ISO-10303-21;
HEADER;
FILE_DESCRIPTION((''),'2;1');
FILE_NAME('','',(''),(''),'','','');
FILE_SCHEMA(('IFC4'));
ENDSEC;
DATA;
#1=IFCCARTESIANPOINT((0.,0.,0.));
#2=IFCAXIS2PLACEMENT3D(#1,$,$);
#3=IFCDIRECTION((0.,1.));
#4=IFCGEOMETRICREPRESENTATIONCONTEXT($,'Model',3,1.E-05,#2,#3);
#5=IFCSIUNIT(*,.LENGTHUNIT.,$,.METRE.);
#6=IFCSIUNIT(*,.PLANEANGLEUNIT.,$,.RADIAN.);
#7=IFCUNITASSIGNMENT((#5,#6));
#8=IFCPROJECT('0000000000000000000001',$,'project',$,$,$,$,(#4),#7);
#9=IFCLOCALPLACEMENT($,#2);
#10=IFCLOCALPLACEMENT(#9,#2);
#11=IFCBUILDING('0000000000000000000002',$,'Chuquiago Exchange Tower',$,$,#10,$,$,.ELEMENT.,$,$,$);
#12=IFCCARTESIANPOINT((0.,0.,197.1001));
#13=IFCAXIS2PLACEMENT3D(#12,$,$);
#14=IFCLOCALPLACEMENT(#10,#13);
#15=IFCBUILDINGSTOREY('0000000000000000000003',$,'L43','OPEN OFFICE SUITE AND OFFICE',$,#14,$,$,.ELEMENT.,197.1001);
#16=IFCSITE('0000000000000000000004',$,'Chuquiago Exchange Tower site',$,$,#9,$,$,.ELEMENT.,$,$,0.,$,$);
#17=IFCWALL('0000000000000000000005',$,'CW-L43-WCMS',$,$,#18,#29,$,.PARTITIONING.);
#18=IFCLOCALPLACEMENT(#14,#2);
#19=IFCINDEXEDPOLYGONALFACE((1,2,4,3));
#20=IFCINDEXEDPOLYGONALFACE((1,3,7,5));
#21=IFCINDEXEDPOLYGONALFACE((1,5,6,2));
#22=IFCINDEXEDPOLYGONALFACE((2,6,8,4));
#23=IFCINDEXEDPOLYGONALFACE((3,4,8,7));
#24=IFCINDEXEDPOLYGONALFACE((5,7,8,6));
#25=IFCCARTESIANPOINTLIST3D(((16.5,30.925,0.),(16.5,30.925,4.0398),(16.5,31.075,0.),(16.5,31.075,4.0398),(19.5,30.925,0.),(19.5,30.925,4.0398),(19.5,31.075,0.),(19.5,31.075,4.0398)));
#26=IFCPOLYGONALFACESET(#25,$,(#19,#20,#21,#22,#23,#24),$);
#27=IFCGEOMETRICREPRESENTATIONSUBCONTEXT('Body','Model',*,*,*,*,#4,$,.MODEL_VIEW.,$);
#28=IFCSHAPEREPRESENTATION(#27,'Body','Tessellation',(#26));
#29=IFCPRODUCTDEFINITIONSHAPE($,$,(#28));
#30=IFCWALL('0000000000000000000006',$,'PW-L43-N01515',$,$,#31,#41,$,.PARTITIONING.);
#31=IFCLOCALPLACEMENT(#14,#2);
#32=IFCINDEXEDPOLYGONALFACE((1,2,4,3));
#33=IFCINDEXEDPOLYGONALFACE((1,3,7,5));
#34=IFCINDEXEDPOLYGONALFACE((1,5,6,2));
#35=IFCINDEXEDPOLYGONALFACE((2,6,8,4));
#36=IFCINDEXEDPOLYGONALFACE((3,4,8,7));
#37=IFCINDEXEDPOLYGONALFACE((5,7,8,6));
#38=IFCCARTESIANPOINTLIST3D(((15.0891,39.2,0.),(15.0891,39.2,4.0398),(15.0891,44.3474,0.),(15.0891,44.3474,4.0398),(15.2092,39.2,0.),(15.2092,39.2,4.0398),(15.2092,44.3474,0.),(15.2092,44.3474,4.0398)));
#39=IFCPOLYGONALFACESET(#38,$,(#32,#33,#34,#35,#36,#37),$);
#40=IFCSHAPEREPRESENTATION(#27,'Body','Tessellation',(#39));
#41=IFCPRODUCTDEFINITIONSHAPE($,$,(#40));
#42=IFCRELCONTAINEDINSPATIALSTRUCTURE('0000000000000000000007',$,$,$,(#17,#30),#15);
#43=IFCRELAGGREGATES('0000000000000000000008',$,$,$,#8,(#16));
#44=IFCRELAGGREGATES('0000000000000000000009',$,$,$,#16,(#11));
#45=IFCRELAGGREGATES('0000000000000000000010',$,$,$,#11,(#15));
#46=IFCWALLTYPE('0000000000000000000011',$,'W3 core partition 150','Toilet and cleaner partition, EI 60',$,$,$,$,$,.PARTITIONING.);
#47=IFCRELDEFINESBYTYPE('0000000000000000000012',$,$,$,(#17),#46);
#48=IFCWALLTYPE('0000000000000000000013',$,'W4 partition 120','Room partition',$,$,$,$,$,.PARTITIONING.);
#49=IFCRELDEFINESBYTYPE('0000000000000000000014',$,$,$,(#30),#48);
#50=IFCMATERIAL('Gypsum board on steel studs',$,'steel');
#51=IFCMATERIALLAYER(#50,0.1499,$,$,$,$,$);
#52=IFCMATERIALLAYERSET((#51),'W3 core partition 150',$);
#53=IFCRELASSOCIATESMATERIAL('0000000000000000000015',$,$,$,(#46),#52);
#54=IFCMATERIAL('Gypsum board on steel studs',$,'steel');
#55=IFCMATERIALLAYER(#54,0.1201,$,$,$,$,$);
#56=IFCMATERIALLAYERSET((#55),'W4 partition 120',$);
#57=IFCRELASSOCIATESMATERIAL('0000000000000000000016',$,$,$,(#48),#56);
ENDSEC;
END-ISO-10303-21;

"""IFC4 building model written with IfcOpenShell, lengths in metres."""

from ifc_helpers import new_model, si_unit, direction, frame, frame_2d, origin, place, context, subcontext, project, spatial, rectangle, extrude, material, layer, layer_set, type_object, element, save


model = new_model("IFC4")

# Units and contexts
model_context = context("Model", 3, precision=1e-05, world=origin(), true_north=direction((0.0, 1.0)))
body_context = subcontext(model_context, "Body", "Model", "MODEL_VIEW")
ifc_project = project(units=[si_unit("LENGTHUNIT", "METRE"), si_unit("PLANEANGLEUNIT", "RADIAN")], contexts=[model_context])

# Site, building, storey
site_placement = place(None, origin())
site = spatial("IfcSite", under=ifc_project, at=site_placement, Name="Chuquiago Exchange Tower site", CompositionType="ELEMENT", RefElevation=0.0)
building_placement = place(site_placement, origin())
building = spatial("IfcBuilding", under=site, at=building_placement, Name="Chuquiago Exchange Tower", CompositionType="ELEMENT")
storey_placement = place(building_placement, frame((0.0, 0.0, 197.1001)))
storey = spatial("IfcBuildingStorey", under=building, at=storey_placement, Name="L43", Description="OPEN OFFICE SUITE AND OFFICE", CompositionType="ELEMENT", Elevation=197.1001)

# Walls
ifc_material_1 = material(Name="Gypsum board on steel studs", Category="steel")
ifc_layer_1 = layer(ifc_material_1, 0.1499)
ifc_layer_set_1 = layer_set([ifc_layer_1], Name="W3 core partition 150")
wall_type_1 = type_object("IfcWallType", Name="W3 core partition 150", Description="Toilet and cleaner partition, EI 60", PredefinedType="PARTITIONING", material=ifc_layer_set_1)
wall_1_placement = place(storey_placement, frame((16.5, 31.0, 0.0), z_axis=(0.0, 0.0, 1.0), x_axis=(1.0, 0.0, 0.0)))
element("IfcWall", 1, at=wall_1_placement, inside=storey, type_object=wall_type_1, Name="CW-L43-WCMS", PredefinedType="PARTITIONING", context=body_context, shape_type="SweptSolid", body=[
    extrude(rectangle(XDim=3.0, YDim=0.1499, at=frame_2d((1.5, 0.0))), origin(), (0.0, 0.0, 1.0), 4.0398),
])
ifc_material_2 = material(Name="Gypsum board on steel studs", Category="steel")
ifc_layer_2 = layer(ifc_material_2, 0.1201)
ifc_layer_set_2 = layer_set([ifc_layer_2], Name="W4 partition 120")
wall_type_2 = type_object("IfcWallType", Name="W4 partition 120", Description="Room partition", PredefinedType="PARTITIONING", material=ifc_layer_set_2)
wall_2_placement = place(storey_placement, frame((15.1492, 44.3474, 0.0), z_axis=(0.0, 0.0, 1.0), x_axis=(0.0, -1.0, 0.0)))
element("IfcWall", 2, at=wall_2_placement, inside=storey, type_object=wall_type_2, Name="PW-L43-N01515", PredefinedType="PARTITIONING", context=body_context, shape_type="SweptSolid", body=[
    extrude(rectangle(XDim=5.1475, YDim=0.1201, at=frame_2d((2.5737, 0.0))), origin(), (0.0, 0.0, 1.0), 4.0398),
])

save(model, "model.ifc")
